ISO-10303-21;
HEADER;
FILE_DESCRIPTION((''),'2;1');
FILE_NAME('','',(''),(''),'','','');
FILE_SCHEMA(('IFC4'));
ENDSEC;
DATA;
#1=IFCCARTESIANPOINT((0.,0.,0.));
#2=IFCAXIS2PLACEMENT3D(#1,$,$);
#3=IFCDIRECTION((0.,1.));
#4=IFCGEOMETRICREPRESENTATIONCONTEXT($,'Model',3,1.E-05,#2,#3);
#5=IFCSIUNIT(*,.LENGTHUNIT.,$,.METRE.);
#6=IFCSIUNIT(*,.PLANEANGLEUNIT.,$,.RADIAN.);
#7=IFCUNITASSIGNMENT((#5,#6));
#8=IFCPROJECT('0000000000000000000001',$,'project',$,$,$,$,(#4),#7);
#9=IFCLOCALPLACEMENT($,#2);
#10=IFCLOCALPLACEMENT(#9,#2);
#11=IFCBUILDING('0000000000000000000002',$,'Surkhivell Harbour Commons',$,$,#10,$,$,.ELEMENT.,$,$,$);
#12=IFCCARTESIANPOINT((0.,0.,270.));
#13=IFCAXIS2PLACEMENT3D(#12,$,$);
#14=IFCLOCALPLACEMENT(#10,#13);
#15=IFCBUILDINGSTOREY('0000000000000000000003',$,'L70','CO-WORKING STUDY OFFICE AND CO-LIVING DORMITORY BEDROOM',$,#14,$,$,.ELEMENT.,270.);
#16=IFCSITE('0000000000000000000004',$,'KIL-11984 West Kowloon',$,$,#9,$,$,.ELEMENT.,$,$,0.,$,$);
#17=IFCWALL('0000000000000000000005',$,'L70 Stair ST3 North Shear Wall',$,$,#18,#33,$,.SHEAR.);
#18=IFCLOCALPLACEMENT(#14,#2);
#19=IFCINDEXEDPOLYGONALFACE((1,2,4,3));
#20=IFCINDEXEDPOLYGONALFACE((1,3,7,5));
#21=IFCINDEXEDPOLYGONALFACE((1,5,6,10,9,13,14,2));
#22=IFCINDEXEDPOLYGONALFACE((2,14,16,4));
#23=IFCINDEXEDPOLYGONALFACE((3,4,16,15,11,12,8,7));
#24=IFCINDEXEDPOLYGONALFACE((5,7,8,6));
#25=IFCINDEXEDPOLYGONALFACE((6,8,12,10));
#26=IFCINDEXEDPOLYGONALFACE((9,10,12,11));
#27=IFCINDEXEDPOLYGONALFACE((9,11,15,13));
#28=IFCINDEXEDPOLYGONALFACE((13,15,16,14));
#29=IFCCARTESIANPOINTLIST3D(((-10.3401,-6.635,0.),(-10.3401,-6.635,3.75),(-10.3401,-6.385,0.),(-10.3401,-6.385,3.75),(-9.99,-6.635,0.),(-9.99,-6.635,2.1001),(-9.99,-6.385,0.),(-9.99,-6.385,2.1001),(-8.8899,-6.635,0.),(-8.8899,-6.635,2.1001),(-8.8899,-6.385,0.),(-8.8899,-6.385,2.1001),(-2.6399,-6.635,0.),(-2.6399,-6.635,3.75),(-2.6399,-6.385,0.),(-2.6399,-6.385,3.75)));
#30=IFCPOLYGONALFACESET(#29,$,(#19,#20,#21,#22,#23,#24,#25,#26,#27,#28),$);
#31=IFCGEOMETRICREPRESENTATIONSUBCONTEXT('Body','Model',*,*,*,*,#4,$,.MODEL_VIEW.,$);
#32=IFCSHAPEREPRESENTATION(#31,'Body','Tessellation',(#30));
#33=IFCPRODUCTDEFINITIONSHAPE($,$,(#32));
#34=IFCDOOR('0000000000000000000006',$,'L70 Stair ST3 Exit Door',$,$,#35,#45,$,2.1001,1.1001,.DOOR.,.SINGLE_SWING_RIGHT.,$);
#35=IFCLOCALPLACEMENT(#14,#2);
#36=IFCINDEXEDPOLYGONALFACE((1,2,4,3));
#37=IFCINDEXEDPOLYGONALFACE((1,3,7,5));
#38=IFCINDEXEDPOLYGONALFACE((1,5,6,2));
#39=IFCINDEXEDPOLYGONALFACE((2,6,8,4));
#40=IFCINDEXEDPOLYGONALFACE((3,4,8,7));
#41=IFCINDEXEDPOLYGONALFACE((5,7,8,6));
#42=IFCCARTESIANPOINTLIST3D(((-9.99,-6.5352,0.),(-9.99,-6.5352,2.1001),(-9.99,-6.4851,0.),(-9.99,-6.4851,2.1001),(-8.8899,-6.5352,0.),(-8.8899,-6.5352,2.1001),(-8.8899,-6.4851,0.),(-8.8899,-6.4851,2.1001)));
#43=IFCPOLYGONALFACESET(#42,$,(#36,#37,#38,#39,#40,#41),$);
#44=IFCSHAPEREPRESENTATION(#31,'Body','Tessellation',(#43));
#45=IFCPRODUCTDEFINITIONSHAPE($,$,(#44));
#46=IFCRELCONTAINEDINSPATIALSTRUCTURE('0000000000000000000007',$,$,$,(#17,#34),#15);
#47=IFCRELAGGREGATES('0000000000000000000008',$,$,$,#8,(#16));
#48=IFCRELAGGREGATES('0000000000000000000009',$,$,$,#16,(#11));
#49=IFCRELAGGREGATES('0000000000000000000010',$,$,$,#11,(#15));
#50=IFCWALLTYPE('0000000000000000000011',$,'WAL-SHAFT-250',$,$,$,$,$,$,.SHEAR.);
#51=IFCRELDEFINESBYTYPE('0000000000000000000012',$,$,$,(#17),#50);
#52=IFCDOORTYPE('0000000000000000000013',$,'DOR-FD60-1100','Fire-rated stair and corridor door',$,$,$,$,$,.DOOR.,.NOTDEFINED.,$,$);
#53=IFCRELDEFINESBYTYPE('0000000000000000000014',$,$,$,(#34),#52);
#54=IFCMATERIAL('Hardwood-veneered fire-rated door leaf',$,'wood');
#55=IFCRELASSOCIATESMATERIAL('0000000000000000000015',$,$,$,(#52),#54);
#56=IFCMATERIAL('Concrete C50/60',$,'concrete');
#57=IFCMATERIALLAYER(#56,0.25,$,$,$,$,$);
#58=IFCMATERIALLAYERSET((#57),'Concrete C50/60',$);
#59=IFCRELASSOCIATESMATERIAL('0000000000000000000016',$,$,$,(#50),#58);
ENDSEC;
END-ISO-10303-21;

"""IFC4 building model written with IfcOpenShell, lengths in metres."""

from ifc_helpers import new_model, si_unit, direction, frame, frame_2d, origin, place, context, subcontext, project, spatial, rectangle, extrude, material, layer, layer_set, type_object, element, fill, save


model = new_model("IFC4")

# Units and contexts
model_context = context("Model", 3, precision=1e-05, world=origin(), true_north=direction((0.0, 1.0)))
body_context = subcontext(model_context, "Body", "Model", "MODEL_VIEW")
ifc_project = project(units=[si_unit("LENGTHUNIT", "METRE"), si_unit("PLANEANGLEUNIT", "RADIAN")], contexts=[model_context])

# Site, building, storey
site_placement = place(None, origin())
site = spatial("IfcSite", under=ifc_project, at=site_placement, Name="KIL-11984 West Kowloon", CompositionType="ELEMENT", RefElevation=0.0)
building_placement = place(site_placement, origin())
building = spatial("IfcBuilding", under=site, at=building_placement, Name="Surkhivell Harbour Commons", CompositionType="ELEMENT")
storey_placement = place(building_placement, frame((0.0, 0.0, 270.0)))
storey = spatial("IfcBuildingStorey", under=building, at=storey_placement, Name="L70", Description="CO-WORKING STUDY OFFICE AND CO-LIVING DORMITORY BEDROOM", CompositionType="ELEMENT", Elevation=270.0)

# Shared definitions
ifc_material_1 = material(Name="Concrete C50/60", Category="concrete")
ifc_material_2 = material(Name="Hardwood-veneered fire-rated door leaf", Category="wood")
door_type_1 = type_object("IfcDoorType", Name="DOR-FD60-1100", Description="Fire-rated stair and corridor door", OperationType="NOTDEFINED", PredefinedType="DOOR", material=ifc_material_2)

# Shared definitions
ifc_layer_1 = layer(ifc_material_1, 0.25)
ifc_layer_set_1 = layer_set([ifc_layer_1], Name="Concrete C50/60")
wall_type_1 = type_object("IfcWallType", Name="WAL-SHAFT-250", PredefinedType="SHEAR", material=ifc_layer_set_1)

# Wall, opening, door
wall_1_placement = place(storey_placement, frame((-10.3401, -6.51, 0.0), z_axis=(0.0, 0.0, 1.0), x_axis=(1.0, 0.0, 0.0)))
wall_1 = element("IfcWall", 1, at=wall_1_placement, inside=storey, type_object=wall_type_1, Name="L70 Stair ST3 North Shear Wall", PredefinedType="SHEAR", context=body_context, shape_type="SweptSolid", body=[
    extrude(rectangle(XDim=7.7002, YDim=0.25, at=frame_2d((3.8501, 0.0))), origin(), (0.0, 0.0, 1.0), 3.75),
])
opening_1_placement = place(wall_1_placement, frame((0.3501, 0.0, 0.0)))
opening_1 = element("IfcOpeningElement", 2, at=opening_1_placement, cuts=wall_1, PredefinedType="OPENING", context=body_context, shape_type="SweptSolid", body=[
    extrude(rectangle(XDim=1.1001, YDim=2.1001, at=frame_2d((0.55, 1.05))), frame((0.0, 0.135, 0.0), z_axis=(0.0, -1.0, 0.0), x_axis=(1.0, 0.0, 0.0)), (0.0, 0.0, 1.0), 0.27),
])
door_1_placement = place(opening_1_placement, origin())
door_1 = element("IfcDoor", 3, at=door_1_placement, inside=storey, type_object=door_type_1, Name="L70 Stair ST3 Exit Door", OperationType="SINGLE_SWING_RIGHT", OverallHeight=2.1001, OverallWidth=1.1001, PredefinedType="DOOR", context=body_context, shape_type="SweptSolid", body=[
    extrude(rectangle(XDim=1.1001, YDim=2.1001, at=frame_2d((0.55, 1.05))), frame((0.0, 0.0249, 0.0), z_axis=(0.0, -1.0, 0.0), x_axis=(1.0, 0.0, 0.0)), (0.0, 0.0, 1.0), 0.05),
])
fill(opening_1, door_1)

save(model, "model.ifc")
